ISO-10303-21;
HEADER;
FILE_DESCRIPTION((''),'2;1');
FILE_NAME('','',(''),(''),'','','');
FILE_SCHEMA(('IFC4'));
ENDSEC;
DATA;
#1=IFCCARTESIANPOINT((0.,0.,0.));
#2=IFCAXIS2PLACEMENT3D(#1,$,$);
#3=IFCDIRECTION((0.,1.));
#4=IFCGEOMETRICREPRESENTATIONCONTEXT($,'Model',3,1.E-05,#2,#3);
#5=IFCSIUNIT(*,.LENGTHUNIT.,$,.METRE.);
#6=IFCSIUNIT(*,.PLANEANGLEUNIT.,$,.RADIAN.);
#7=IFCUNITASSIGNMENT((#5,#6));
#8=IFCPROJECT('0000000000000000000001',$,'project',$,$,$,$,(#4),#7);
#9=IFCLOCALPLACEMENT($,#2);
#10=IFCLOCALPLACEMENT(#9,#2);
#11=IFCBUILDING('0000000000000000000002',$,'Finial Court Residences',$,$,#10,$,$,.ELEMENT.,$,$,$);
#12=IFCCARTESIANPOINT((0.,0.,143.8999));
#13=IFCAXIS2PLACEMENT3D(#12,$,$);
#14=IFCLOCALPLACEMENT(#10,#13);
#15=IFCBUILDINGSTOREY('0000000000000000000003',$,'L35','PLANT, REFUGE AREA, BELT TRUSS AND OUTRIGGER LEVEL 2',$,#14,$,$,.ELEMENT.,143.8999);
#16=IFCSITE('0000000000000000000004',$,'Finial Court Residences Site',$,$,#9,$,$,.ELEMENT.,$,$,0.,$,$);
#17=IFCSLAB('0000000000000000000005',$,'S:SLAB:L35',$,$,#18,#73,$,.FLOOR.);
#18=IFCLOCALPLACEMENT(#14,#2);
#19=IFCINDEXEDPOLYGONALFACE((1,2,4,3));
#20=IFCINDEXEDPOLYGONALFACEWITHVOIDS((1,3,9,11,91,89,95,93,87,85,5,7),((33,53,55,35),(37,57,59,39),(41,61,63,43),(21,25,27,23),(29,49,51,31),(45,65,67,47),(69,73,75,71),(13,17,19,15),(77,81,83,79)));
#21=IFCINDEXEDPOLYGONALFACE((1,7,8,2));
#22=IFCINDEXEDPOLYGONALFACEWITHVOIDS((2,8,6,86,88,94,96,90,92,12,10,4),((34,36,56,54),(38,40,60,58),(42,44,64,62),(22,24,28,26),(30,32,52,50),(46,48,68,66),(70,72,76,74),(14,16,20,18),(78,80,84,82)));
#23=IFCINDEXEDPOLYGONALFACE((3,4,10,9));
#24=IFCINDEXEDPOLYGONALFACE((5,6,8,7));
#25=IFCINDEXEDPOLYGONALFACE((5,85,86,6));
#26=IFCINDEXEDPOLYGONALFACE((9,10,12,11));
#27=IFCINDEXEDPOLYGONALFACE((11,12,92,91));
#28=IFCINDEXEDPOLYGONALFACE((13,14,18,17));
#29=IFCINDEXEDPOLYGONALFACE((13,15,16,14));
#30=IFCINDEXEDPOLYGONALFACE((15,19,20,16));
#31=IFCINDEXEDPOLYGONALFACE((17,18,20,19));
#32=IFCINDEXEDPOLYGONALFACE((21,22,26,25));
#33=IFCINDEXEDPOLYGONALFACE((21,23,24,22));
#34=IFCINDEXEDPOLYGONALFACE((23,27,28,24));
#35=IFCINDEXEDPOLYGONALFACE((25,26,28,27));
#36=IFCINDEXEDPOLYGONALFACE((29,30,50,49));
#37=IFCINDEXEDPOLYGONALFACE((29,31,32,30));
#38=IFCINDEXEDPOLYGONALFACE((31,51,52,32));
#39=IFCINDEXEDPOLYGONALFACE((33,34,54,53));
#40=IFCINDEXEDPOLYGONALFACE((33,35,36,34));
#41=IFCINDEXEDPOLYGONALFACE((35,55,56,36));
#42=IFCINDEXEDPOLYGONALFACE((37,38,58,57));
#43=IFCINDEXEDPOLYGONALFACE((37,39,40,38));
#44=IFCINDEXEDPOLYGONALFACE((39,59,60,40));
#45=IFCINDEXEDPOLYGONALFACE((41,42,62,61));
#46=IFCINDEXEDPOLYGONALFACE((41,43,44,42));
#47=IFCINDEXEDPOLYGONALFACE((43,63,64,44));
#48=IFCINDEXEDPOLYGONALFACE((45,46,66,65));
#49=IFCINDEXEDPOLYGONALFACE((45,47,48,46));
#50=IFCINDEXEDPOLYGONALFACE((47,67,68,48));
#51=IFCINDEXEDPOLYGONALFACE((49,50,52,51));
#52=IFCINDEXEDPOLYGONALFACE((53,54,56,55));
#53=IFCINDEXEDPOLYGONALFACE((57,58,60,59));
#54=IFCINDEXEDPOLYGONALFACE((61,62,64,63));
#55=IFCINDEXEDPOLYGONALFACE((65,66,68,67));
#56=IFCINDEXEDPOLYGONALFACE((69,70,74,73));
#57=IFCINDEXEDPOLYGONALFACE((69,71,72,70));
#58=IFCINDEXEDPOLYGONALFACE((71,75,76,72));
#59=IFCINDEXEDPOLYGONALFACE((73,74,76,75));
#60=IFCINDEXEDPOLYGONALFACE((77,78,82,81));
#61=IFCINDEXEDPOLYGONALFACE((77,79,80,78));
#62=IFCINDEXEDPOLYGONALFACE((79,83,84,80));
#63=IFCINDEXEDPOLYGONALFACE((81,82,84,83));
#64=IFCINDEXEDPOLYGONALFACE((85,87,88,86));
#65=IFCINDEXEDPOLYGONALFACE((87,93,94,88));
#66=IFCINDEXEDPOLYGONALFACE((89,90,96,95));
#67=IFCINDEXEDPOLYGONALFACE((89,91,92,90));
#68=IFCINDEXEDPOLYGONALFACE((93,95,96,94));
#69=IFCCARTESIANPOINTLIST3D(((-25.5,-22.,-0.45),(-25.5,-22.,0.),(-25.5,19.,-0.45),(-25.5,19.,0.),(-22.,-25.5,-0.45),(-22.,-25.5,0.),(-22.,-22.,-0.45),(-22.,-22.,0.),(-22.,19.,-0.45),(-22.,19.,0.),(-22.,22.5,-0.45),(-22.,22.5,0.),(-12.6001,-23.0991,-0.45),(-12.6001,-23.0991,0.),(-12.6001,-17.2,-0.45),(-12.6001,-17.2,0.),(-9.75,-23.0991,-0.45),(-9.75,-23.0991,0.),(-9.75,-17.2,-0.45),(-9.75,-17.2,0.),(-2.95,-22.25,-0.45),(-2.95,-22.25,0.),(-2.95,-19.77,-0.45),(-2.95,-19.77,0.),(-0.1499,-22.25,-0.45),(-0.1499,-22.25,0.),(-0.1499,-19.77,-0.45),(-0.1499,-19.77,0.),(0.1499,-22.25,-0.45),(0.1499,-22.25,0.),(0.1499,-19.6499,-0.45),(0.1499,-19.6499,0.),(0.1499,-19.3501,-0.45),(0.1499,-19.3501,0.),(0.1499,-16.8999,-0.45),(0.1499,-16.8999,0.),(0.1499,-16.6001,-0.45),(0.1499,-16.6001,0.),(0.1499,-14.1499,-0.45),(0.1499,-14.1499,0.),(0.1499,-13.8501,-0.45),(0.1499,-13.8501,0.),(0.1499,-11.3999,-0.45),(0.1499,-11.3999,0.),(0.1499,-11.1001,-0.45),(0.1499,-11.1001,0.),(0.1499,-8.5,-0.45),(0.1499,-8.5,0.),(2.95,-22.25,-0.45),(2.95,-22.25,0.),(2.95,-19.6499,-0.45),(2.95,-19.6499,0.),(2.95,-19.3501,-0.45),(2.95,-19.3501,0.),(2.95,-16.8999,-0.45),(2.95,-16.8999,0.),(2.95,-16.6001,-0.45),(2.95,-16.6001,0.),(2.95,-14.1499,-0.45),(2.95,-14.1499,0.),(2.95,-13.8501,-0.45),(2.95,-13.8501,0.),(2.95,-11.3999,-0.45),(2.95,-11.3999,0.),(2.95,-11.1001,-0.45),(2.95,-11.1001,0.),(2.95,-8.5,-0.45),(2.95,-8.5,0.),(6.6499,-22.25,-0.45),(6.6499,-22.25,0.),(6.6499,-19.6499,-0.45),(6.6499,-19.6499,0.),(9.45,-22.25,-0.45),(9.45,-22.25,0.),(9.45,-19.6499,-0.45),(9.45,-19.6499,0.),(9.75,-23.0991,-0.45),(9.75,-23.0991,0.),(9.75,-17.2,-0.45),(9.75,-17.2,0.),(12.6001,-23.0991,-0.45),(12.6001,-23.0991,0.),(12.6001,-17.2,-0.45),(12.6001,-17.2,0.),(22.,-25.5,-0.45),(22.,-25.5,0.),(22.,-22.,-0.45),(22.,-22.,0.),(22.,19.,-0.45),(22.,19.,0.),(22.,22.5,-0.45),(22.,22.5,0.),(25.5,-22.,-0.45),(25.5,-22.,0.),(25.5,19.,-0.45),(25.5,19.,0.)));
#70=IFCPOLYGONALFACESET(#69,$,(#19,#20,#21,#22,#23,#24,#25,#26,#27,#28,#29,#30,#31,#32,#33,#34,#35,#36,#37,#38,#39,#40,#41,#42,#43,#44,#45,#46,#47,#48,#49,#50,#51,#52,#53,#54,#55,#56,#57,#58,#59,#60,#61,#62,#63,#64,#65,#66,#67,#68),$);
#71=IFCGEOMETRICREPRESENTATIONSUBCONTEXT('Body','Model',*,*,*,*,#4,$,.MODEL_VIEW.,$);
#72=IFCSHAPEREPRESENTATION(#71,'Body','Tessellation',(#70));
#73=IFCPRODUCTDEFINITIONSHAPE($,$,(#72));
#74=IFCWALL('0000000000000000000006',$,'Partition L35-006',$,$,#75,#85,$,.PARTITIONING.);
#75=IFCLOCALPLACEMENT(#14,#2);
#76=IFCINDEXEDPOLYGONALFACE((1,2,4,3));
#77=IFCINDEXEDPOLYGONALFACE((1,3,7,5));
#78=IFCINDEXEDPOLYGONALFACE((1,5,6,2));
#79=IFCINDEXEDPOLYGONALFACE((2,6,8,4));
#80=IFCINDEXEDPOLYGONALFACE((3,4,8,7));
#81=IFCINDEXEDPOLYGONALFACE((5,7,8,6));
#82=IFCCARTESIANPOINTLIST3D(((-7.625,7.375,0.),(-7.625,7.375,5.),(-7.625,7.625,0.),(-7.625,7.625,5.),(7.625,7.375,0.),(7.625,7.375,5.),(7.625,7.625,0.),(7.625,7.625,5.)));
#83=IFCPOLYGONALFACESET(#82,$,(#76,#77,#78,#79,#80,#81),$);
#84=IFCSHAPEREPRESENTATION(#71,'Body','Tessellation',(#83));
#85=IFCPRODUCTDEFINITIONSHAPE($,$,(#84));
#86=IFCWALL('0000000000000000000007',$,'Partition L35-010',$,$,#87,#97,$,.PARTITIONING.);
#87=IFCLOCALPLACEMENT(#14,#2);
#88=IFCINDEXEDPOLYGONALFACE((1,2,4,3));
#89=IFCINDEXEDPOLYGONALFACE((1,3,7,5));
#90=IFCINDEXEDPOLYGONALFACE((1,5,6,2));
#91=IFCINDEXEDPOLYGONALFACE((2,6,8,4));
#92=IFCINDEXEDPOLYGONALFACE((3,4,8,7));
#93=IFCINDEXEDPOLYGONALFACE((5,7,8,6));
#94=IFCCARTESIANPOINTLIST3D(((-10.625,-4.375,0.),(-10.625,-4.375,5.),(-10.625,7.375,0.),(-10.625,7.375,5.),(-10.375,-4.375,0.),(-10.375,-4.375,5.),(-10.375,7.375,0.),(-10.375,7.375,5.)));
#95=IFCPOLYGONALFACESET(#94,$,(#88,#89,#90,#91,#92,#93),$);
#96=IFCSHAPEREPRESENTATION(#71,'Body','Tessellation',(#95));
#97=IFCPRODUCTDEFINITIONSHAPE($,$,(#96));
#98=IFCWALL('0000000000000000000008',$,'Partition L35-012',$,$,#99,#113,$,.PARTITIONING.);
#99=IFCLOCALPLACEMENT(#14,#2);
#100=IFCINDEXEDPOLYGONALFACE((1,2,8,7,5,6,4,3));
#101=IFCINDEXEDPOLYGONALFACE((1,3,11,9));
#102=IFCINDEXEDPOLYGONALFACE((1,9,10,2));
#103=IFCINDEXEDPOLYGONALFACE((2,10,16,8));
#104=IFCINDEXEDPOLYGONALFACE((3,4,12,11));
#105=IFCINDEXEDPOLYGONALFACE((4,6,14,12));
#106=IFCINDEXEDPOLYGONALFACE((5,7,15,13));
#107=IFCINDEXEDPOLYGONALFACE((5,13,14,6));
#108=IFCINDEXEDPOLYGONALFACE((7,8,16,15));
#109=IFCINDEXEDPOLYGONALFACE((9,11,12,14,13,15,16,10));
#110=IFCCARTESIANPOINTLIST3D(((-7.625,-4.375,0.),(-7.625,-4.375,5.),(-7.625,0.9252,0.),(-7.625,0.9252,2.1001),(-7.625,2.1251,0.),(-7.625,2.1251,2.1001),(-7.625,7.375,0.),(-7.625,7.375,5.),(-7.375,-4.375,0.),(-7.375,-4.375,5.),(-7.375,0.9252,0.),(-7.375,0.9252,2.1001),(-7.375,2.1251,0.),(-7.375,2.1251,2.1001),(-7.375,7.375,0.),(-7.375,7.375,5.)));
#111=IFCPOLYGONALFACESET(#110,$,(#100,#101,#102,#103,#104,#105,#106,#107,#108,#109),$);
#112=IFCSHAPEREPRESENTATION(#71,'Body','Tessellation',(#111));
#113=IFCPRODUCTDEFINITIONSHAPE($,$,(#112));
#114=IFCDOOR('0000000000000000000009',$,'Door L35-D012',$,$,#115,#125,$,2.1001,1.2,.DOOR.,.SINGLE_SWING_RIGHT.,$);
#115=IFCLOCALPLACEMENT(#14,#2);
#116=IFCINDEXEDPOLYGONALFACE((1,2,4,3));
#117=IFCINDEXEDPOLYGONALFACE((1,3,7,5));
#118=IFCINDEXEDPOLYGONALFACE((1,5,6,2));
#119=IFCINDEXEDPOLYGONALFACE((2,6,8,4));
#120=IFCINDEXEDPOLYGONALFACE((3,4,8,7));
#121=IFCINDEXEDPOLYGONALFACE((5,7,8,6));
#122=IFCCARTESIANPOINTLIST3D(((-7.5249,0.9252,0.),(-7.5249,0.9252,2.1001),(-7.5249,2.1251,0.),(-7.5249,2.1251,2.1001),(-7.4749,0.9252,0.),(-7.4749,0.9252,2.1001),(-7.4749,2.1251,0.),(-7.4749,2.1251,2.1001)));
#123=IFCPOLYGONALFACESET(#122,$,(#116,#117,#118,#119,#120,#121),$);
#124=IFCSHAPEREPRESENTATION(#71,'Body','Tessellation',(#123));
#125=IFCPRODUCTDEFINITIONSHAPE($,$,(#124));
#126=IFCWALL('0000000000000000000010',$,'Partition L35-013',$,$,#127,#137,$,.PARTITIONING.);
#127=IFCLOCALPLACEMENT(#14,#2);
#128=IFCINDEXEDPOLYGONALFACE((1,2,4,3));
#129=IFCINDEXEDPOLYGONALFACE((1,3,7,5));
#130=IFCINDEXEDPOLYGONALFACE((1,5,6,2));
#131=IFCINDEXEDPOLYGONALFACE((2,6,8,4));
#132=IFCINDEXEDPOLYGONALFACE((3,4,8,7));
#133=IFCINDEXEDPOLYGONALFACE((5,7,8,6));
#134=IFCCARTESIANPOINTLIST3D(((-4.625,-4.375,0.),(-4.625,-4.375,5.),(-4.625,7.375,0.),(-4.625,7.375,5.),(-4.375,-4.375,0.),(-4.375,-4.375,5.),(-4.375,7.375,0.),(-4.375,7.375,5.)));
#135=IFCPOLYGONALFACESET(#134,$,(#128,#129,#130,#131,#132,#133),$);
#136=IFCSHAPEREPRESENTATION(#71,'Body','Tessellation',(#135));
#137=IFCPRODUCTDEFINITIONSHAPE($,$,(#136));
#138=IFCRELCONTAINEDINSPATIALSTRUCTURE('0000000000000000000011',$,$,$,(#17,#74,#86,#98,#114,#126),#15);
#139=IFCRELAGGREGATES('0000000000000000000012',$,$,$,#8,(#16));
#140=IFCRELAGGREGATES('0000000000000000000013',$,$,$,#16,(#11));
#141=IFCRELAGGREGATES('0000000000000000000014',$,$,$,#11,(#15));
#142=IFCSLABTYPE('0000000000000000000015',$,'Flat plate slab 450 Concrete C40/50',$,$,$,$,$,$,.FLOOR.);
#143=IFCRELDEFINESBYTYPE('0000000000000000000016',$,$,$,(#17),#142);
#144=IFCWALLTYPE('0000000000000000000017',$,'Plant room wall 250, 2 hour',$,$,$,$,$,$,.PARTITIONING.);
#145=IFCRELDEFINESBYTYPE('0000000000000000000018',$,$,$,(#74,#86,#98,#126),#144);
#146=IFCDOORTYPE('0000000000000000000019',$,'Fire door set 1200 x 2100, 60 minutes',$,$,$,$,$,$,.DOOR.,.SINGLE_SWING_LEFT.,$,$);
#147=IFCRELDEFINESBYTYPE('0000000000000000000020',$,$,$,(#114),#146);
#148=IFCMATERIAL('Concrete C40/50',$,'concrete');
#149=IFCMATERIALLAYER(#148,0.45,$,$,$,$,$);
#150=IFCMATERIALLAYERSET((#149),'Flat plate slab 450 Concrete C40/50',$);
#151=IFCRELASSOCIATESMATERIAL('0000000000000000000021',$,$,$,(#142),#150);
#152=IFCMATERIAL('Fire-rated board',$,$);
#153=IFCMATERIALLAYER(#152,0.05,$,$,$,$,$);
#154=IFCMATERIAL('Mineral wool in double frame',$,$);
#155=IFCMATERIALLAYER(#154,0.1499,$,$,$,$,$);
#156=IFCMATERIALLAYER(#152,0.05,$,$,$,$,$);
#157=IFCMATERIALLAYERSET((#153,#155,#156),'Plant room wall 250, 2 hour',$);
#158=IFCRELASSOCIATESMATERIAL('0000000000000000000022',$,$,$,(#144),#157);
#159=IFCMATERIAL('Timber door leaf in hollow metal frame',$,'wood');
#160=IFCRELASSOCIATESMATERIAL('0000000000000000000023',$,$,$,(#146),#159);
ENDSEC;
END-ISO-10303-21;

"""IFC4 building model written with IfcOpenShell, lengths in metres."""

from ifc_helpers import new_model, si_unit, direction, frame, frame_2d, origin, place, context, subcontext, project, spatial, polyline, rectangle, outline, extrude, material, layer, layer_set, type_object, element, fill, save


model = new_model("IFC4")

# Units and contexts
model_context = context("Model", 3, precision=1e-05, world=origin(), true_north=direction((0.0, 1.0)))
body_context = subcontext(model_context, "Body", "Model", "MODEL_VIEW")
ifc_project = project(units=[si_unit("LENGTHUNIT", "METRE"), si_unit("PLANEANGLEUNIT", "RADIAN")], contexts=[model_context])

# Site, building, storey
site_placement = place(None, origin())
site = spatial("IfcSite", under=ifc_project, at=site_placement, Name="Finial Court Residences Site", CompositionType="ELEMENT", RefElevation=0.0)
building_placement = place(site_placement, origin())
building = spatial("IfcBuilding", under=site, at=building_placement, Name="Finial Court Residences", CompositionType="ELEMENT")
storey_placement = place(building_placement, frame((0.0, 0.0, 143.8999)))
storey = spatial("IfcBuildingStorey", under=building, at=storey_placement, Name="L35", Description="PLANT, REFUGE AREA, BELT TRUSS AND OUTRIGGER LEVEL 2", CompositionType="ELEMENT", Elevation=143.8999)

# Slab
ifc_material_1 = material(Name="Concrete C40/50", Category="concrete")
ifc_layer_1 = layer(ifc_material_1, 0.45)
ifc_layer_set_1 = layer_set([ifc_layer_1], Name="Flat plate slab 450 Concrete C40/50")
slab_type = type_object("IfcSlabType", Name="Flat plate slab 450 Concrete C40/50", PredefinedType="FLOOR", material=ifc_layer_set_1)
slab_placement = place(storey_placement, frame((0.0, 0.0, -0.45)))
element("IfcSlab", 1, at=slab_placement, inside=storey, type_object=slab_type, Name="S:SLAB:L35", PredefinedType="FLOOR", context=body_context, shape_type="SweptSolid", body=[
    extrude(outline(polyline([(22.0, -25.5), (-22.0, -25.5), (-22.0, -22.0), (-25.5, -22.0), (-25.5, 19.0), (-22.0, 19.0), (-22.0, 22.5), (22.0, 22.5), (22.0, 19.0), (25.5, 19.0), (25.5, -22.0), (22.0, -22.0), (22.0, -25.5)]), holes=[polyline([(-0.1499, -19.77), (-2.95, -19.77), (-2.95, -22.25), (-0.1499, -22.25), (-0.1499, -19.77)]), polyline([(2.95, -19.6499), (0.1499, -19.6499), (0.1499, -22.25), (2.95, -22.25), (2.95, -19.6499)]), polyline([(9.45, -19.6499), (6.6499, -19.6499), (6.6499, -22.25), (9.45, -22.25), (9.45, -19.6499)]), polyline([(-12.6001, -17.2), (-12.6001, -23.0991), (-9.75, -23.0991), (-9.75, -17.2), (-12.6001, -17.2)]), polyline([(9.75, -17.2), (9.75, -23.0991), (12.6001, -23.0991), (12.6001, -17.2), (9.75, -17.2)]), polyline([(2.95, -16.8999), (0.1499, -16.8999), (0.1499, -19.3501), (2.95, -19.3501), (2.95, -16.8999)]), polyline([(2.95, -14.1499), (0.1499, -14.1499), (0.1499, -16.6001), (2.95, -16.6001), (2.95, -14.1499)]), polyline([(2.95, -13.8501), (2.95, -11.3999), (0.1499, -11.3999), (0.1499, -13.8501), (2.95, -13.8501)]), polyline([(2.95, -11.1001), (2.95, -8.5), (0.1499, -8.5), (0.1499, -11.1001), (2.95, -11.1001)])]), origin(), (0.0, 0.0, 1.0), 0.45),
])

# Walls
ifc_material_2 = material(Name="Fire-rated board")
ifc_layer_2 = layer(ifc_material_2, 0.05)
ifc_material_3 = material(Name="Mineral wool in double frame")
ifc_layer_3 = layer(ifc_material_3, 0.1499)
ifc_layer_4 = layer(ifc_material_2, 0.05)
ifc_layer_set_2 = layer_set([ifc_layer_2, ifc_layer_3, ifc_layer_4], Name="Plant room wall 250, 2 hour")
wall_type = type_object("IfcWallType", Name="Plant room wall 250, 2 hour", PredefinedType="PARTITIONING", material=ifc_layer_set_2)
wall_1_placement = place(storey_placement, frame((-7.625, 7.5, 0.0), z_axis=(0.0, 0.0, 1.0), x_axis=(1.0, 0.0, 0.0)))
element("IfcWall", 2, at=wall_1_placement, inside=storey, type_object=wall_type, Name="Partition L35-006", PredefinedType="PARTITIONING", context=body_context, shape_type="SweptSolid", body=[
    extrude(rectangle(XDim=15.25, YDim=0.25, at=frame_2d((7.625, 0.0))), origin(), (0.0, 0.0, 1.0), 5.0),
])
wall_2_placement = place(storey_placement, frame((-10.5, -4.375, 0.0), z_axis=(0.0, 0.0, 1.0), x_axis=(0.0, 1.0, 0.0)))
element("IfcWall", 3, at=wall_2_placement, inside=storey, type_object=wall_type, Name="Partition L35-010", PredefinedType="PARTITIONING", context=body_context, shape_type="SweptSolid", body=[
    extrude(rectangle(XDim=11.75, YDim=0.25, at=frame_2d((5.875, 0.0))), origin(), (0.0, 0.0, 1.0), 5.0),
])

# Wall, opening, door
wall_3_placement = place(storey_placement, frame((-7.5, -4.375, 0.0), z_axis=(0.0, 0.0, 1.0), x_axis=(0.0, 1.0, 0.0)))
wall_3 = element("IfcWall", 4, at=wall_3_placement, inside=storey, type_object=wall_type, Name="Partition L35-012", PredefinedType="PARTITIONING", context=body_context, shape_type="SweptSolid", body=[
    extrude(rectangle(XDim=11.75, YDim=0.25, at=frame_2d((5.875, 0.0))), origin(), (0.0, 0.0, 1.0), 5.0),
])
opening_placement = place(wall_3_placement, frame((5.3, 0.0, 0.0)))
opening = element("IfcOpeningElement", 5, at=opening_placement, cuts=wall_3, PredefinedType="OPENING", context=body_context, shape_type="SweptSolid", body=[
    extrude(rectangle(XDim=1.2, YDim=2.1001, at=frame_2d((0.6001, 1.05))), frame((0.0, 0.135, 0.0), z_axis=(0.0, -1.0, 0.0), x_axis=(1.0, 0.0, 0.0)), (0.0, 0.0, 1.0), 0.27),
])
ifc_material_4 = material(Name="Timber door leaf in hollow metal frame", Category="wood")
door_type = type_object("IfcDoorType", Name="Fire door set 1200 x 2100, 60 minutes", OperationType="SINGLE_SWING_LEFT", PredefinedType="DOOR", material=ifc_material_4)
door_placement = place(opening_placement, origin())
door = element("IfcDoor", 6, at=door_placement, inside=storey, type_object=door_type, Name="Door L35-D012", OperationType="SINGLE_SWING_RIGHT", OverallHeight=2.1001, OverallWidth=1.2, PredefinedType="DOOR", context=body_context, shape_type="SweptSolid", body=[
    extrude(rectangle(XDim=1.2, YDim=2.1001, at=frame_2d((0.6001, 1.05))), frame((0.0, 0.0249, 0.0), z_axis=(0.0, -1.0, 0.0), x_axis=(1.0, 0.0, 0.0)), (0.0, 0.0, 1.0), 0.05),
])
fill(opening, door)

# Wall
wall_4_placement = place(storey_placement, frame((-4.5, -4.375, 0.0), z_axis=(0.0, 0.0, 1.0), x_axis=(0.0, 1.0, 0.0)))
element("IfcWall", 7, at=wall_4_placement, inside=storey, type_object=wall_type, Name="Partition L35-013", PredefinedType="PARTITIONING", context=body_context, shape_type="SweptSolid", body=[
    extrude(rectangle(XDim=11.75, YDim=0.25, at=frame_2d((5.875, 0.0))), origin(), (0.0, 0.0, 1.0), 5.0),
])

save(model, "model.ifc")
